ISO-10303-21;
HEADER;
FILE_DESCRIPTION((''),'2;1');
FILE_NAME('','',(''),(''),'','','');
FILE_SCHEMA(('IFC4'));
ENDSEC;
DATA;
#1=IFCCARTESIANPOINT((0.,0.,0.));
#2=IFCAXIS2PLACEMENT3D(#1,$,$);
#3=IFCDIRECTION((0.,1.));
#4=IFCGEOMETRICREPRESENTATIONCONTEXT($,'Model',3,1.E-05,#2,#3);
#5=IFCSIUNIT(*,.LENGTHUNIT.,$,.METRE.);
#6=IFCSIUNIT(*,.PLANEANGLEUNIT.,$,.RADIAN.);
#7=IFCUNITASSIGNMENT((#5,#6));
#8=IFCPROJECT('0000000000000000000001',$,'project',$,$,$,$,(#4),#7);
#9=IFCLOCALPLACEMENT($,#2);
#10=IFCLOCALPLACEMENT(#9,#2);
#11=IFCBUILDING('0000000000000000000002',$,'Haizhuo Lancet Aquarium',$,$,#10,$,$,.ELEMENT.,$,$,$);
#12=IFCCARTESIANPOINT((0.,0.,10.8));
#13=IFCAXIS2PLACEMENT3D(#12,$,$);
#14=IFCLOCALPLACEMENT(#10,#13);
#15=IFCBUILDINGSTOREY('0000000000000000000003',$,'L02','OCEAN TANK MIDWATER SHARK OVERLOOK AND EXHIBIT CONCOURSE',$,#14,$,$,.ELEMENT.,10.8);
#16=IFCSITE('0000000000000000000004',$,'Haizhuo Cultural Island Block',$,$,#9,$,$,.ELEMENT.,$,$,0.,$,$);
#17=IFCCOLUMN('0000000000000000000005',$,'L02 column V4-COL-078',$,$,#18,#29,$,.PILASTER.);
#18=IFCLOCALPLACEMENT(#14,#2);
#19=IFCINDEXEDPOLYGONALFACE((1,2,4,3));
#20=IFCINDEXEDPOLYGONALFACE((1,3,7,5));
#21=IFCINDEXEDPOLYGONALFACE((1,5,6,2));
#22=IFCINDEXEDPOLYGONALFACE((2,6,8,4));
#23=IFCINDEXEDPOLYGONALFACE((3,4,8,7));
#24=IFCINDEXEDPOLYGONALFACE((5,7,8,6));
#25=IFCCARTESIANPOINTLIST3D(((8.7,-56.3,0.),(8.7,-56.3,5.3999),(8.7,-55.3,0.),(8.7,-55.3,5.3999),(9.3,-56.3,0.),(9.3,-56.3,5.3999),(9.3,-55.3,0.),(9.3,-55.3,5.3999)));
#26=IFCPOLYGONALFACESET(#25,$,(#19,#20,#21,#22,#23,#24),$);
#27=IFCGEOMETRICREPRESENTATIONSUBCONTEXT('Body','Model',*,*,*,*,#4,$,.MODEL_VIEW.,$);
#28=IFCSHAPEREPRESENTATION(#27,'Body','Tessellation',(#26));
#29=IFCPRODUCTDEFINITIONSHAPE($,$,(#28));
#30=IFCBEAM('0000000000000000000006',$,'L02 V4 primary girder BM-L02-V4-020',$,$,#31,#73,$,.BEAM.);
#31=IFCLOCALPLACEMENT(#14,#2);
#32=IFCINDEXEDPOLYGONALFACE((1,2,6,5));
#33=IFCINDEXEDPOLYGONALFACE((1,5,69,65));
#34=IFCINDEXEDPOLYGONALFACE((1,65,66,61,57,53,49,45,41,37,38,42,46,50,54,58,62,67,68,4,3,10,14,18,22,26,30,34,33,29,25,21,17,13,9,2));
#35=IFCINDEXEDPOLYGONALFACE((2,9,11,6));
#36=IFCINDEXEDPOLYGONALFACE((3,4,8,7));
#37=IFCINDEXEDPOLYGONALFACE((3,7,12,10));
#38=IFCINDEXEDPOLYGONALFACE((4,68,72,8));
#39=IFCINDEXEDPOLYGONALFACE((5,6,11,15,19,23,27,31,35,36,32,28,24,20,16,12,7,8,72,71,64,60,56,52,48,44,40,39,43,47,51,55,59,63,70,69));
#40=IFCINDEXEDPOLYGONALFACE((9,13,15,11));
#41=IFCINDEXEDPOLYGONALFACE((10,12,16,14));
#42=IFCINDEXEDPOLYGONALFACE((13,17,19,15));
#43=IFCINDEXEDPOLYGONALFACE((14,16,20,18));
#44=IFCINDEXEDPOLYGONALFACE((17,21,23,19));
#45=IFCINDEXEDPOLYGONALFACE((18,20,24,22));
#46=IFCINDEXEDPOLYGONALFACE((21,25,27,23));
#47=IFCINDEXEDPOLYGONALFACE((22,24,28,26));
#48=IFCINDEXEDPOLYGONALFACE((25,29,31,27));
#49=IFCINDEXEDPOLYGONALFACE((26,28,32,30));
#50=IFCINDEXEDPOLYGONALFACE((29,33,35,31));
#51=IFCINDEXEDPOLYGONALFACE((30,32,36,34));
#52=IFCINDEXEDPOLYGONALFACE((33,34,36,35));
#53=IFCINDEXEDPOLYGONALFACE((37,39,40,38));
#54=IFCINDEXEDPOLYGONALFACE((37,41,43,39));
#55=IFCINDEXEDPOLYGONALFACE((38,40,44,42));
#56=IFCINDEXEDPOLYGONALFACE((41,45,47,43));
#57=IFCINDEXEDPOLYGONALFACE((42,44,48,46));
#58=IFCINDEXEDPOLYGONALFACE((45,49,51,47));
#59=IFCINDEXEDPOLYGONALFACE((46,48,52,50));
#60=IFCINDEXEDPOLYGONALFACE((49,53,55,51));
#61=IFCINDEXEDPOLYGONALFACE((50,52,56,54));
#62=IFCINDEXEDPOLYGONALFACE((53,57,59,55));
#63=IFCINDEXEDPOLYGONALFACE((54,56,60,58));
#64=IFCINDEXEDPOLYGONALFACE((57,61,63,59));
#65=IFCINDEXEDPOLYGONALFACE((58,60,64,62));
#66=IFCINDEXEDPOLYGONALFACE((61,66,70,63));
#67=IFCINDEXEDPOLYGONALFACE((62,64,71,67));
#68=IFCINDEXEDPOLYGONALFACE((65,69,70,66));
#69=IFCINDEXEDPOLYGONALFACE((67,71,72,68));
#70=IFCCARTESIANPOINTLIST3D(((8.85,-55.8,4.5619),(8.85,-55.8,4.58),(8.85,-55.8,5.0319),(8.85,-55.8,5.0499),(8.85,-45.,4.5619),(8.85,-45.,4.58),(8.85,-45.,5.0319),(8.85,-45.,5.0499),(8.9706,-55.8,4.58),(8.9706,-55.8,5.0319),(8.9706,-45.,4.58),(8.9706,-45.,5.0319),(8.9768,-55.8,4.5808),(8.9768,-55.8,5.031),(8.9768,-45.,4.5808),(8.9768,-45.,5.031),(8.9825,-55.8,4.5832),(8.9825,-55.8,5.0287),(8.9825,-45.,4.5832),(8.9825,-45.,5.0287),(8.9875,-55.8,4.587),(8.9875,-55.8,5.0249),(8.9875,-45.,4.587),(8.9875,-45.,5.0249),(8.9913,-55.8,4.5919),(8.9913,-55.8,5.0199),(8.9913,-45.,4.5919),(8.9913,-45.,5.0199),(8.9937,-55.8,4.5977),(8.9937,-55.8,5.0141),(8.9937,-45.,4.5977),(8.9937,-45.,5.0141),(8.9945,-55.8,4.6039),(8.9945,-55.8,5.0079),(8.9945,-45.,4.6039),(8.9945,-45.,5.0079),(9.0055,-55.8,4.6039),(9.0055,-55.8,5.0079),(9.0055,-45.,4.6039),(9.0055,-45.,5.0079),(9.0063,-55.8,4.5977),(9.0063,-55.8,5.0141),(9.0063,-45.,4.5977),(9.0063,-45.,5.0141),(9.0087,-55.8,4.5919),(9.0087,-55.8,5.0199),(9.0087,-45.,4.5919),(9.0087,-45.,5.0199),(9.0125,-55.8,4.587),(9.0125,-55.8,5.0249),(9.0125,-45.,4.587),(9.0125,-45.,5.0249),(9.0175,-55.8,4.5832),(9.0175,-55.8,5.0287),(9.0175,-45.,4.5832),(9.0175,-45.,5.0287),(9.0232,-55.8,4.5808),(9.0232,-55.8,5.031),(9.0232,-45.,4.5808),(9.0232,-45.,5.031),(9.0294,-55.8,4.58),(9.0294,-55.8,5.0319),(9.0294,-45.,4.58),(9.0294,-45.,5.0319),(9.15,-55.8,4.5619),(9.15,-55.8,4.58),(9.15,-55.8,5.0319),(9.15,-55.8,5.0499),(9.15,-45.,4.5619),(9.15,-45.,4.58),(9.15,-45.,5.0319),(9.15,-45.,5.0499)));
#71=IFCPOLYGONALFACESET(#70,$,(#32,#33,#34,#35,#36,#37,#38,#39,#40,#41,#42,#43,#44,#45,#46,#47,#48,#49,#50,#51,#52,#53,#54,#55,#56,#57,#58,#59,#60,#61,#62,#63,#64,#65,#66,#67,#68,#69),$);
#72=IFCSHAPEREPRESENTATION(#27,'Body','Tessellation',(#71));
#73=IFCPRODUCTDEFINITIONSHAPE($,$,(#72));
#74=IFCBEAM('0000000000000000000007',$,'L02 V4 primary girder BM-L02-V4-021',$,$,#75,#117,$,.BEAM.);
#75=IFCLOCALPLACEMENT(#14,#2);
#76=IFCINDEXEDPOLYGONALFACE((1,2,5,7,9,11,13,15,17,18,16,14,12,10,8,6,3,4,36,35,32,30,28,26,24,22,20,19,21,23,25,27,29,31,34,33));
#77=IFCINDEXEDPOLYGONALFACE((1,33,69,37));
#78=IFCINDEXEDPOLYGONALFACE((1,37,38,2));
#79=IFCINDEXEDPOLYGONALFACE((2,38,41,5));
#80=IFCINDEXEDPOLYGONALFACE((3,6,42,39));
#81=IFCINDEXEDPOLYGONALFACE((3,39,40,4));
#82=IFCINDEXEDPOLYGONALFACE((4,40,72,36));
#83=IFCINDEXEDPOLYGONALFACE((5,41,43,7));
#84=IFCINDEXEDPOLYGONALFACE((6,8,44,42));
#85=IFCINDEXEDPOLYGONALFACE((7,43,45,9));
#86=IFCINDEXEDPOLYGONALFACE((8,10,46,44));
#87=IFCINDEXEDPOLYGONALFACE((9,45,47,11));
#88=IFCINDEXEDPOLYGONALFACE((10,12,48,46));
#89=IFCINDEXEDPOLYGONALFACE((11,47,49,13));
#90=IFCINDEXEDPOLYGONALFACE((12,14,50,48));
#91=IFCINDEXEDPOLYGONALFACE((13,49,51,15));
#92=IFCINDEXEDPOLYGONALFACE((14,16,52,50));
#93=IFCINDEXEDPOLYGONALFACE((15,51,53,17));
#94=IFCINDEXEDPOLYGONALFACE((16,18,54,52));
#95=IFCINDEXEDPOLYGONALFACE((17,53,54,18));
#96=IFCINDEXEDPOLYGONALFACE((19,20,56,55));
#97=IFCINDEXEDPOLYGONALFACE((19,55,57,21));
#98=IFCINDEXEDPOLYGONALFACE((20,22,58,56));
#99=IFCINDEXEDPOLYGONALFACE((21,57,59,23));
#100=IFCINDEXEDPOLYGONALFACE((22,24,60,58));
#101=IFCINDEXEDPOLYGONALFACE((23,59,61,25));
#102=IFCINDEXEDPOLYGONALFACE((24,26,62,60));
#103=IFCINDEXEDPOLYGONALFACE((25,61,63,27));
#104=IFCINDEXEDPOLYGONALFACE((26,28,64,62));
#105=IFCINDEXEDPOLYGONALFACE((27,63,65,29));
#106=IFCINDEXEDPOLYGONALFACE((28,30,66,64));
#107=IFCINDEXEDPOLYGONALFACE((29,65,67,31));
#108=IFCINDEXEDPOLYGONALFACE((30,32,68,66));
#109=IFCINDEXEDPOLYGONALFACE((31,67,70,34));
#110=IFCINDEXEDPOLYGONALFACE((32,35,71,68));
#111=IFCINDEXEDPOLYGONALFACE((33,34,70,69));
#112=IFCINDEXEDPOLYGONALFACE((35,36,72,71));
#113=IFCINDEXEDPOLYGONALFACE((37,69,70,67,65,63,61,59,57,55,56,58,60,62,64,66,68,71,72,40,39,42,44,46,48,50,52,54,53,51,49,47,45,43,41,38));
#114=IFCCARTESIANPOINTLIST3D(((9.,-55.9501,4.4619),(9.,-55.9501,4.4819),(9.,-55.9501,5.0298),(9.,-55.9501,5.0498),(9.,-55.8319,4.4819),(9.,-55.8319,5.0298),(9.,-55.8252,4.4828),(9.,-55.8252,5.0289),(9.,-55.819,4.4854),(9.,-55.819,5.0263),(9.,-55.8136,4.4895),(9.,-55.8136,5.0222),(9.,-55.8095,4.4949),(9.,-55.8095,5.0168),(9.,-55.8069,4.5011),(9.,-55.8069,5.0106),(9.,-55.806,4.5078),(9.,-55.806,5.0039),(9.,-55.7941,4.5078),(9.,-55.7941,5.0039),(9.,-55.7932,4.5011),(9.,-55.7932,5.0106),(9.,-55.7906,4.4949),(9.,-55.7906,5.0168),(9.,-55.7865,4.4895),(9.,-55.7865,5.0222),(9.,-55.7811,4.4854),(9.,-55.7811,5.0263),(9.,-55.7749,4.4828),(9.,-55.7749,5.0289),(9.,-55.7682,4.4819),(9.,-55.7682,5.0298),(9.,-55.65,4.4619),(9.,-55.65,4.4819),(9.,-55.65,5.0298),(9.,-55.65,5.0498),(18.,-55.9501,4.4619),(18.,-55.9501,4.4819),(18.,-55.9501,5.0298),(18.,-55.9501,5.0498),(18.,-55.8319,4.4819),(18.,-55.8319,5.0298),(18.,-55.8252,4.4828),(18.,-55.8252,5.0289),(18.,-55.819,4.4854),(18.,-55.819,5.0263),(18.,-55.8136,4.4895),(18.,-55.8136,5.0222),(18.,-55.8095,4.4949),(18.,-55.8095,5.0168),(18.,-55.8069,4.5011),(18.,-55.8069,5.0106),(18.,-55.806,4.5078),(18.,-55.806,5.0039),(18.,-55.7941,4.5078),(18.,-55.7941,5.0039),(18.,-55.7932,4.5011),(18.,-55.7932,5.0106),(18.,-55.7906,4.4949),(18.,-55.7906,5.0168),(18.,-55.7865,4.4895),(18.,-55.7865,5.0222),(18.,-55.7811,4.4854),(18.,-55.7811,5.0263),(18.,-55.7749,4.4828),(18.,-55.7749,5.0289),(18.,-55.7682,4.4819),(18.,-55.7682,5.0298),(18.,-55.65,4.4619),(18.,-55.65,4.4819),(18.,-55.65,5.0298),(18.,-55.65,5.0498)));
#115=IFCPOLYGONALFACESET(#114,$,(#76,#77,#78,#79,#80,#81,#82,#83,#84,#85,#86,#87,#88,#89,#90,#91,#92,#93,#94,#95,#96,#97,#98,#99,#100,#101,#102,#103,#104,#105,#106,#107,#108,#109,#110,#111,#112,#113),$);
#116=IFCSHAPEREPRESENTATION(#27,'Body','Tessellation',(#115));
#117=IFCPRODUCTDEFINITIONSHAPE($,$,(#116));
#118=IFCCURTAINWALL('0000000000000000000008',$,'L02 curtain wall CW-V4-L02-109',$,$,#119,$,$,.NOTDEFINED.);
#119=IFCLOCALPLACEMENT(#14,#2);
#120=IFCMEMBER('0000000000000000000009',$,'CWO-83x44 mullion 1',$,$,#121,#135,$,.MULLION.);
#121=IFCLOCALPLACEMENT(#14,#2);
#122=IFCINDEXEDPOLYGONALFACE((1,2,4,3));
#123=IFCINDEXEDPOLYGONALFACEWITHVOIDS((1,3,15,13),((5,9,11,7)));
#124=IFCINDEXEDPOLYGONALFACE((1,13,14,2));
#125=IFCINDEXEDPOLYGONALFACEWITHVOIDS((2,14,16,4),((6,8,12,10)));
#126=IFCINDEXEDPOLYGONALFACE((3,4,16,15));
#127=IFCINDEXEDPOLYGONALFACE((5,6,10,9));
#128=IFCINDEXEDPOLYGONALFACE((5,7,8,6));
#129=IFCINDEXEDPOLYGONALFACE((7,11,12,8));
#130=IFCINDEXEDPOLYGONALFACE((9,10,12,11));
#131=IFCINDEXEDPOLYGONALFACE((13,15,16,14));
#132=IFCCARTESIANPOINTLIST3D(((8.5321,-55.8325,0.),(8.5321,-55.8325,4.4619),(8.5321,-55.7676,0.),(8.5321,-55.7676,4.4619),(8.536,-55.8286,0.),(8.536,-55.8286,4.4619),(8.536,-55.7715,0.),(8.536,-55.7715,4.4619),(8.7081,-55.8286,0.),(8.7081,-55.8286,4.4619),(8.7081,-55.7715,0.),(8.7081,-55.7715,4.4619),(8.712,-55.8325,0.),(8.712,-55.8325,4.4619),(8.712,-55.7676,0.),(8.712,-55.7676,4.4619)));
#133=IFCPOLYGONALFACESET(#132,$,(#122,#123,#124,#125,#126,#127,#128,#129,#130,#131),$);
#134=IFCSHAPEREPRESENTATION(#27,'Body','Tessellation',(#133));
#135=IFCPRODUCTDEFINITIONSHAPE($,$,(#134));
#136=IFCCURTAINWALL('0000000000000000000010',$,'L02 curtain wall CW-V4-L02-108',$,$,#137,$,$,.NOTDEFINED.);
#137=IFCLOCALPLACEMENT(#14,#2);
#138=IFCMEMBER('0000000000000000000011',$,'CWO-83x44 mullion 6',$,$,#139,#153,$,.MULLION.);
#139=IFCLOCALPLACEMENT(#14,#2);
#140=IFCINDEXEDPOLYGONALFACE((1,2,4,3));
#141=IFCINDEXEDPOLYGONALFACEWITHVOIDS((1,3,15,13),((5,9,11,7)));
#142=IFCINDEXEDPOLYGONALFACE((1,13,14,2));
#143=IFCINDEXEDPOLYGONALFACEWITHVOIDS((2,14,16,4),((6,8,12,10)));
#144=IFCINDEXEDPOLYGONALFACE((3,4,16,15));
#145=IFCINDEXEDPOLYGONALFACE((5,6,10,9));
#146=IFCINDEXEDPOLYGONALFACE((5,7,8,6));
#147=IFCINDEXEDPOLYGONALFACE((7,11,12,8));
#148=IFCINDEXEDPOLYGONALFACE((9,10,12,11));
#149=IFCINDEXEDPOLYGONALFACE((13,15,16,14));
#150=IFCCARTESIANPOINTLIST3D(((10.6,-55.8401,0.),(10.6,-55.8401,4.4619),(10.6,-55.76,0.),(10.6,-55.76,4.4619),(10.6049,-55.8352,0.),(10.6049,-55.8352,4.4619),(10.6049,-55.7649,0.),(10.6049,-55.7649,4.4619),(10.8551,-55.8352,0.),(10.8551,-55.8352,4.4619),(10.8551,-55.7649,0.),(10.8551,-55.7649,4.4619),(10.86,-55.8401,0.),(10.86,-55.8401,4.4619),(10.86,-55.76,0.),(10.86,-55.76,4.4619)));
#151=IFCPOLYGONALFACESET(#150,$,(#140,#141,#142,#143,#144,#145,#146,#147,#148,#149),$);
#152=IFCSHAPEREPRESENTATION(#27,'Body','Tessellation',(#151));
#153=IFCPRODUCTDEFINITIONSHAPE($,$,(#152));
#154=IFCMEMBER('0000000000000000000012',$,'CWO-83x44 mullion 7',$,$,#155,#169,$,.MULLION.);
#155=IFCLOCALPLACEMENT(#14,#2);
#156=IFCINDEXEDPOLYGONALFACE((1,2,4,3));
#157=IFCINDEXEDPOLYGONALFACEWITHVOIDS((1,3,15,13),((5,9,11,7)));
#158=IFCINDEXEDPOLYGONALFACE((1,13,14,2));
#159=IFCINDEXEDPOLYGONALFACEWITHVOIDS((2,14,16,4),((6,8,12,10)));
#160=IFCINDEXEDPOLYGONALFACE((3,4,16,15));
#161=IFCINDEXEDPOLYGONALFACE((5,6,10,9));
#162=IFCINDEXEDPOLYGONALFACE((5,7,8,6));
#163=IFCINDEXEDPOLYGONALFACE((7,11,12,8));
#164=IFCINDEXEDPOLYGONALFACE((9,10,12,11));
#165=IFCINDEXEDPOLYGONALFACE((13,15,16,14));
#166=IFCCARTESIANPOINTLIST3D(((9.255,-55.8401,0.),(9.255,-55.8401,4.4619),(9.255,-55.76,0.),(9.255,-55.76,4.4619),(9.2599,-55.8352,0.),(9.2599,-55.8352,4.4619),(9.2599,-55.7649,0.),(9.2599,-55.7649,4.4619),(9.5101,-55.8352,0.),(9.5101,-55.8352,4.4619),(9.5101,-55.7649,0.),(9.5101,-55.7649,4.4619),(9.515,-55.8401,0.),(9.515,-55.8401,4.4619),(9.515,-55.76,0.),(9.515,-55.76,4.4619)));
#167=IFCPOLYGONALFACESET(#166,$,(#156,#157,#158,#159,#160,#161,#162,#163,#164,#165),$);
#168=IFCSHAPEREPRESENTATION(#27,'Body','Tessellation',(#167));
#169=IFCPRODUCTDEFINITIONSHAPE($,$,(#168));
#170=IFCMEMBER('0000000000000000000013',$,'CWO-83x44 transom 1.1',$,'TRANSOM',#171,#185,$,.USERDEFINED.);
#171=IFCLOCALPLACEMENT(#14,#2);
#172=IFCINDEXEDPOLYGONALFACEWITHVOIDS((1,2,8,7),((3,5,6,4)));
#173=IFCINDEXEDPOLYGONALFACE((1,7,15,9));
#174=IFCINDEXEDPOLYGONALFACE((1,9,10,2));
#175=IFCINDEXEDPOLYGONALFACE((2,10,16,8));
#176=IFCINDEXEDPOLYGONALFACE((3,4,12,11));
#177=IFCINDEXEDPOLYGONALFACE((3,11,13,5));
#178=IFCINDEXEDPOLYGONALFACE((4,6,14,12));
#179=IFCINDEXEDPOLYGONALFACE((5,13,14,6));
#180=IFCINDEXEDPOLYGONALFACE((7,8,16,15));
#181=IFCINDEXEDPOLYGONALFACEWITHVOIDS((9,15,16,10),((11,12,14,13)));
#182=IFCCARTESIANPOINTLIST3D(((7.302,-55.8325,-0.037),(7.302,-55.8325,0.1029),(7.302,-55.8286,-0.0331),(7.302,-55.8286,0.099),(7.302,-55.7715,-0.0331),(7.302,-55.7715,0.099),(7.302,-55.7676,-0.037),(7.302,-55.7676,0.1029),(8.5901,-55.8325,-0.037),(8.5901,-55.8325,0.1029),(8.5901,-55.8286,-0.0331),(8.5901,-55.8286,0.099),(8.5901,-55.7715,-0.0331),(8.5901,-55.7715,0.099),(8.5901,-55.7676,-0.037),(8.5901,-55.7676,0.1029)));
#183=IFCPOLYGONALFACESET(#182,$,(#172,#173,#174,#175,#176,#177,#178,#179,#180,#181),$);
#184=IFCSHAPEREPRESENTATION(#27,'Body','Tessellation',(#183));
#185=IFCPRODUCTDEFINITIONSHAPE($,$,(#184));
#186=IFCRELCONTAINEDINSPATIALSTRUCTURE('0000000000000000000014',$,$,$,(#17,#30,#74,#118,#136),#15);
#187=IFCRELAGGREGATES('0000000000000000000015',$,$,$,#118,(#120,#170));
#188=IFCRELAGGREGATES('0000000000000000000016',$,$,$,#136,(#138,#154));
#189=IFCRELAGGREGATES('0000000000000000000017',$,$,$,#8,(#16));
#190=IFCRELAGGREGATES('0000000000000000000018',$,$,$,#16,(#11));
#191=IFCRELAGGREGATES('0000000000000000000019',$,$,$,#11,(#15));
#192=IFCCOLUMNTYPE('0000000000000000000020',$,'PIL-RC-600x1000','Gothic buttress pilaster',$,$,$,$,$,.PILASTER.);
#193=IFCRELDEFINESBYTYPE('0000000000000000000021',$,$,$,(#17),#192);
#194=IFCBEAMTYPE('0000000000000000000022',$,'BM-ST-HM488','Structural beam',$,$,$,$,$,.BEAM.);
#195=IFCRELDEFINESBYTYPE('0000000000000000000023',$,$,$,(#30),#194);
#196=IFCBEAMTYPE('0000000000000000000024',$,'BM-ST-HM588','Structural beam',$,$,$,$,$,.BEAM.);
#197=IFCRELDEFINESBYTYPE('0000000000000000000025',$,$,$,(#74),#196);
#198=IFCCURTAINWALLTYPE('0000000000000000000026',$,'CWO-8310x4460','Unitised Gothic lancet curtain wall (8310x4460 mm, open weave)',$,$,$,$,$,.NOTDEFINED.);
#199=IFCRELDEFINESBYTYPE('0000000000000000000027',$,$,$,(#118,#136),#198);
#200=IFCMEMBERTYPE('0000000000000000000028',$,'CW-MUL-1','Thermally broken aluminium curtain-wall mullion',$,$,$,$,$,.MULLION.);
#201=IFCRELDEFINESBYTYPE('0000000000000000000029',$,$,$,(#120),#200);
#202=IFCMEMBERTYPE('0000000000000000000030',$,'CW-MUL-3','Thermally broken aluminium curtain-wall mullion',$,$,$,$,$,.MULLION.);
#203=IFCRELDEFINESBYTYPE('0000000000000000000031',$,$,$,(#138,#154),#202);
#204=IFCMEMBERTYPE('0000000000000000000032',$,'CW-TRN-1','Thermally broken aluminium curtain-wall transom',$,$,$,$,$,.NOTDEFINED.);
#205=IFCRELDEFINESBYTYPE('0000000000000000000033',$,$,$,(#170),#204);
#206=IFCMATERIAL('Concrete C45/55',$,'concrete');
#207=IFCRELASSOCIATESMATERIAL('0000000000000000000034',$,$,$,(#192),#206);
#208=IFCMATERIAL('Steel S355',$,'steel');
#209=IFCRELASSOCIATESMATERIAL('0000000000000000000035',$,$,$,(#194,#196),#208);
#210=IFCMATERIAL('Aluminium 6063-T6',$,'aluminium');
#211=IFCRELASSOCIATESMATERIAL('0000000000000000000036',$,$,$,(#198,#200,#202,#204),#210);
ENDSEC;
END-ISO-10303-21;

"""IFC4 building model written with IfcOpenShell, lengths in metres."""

from ifc_helpers import new_model, si_unit, direction, frame, origin, origin_2d, place, context, subcontext, project, spatial, rectangle, hollow_rectangle, i_section, extrude, material, material_profile, profile_set, type_object, element, aggregate, save


model = new_model("IFC4")

# Units and contexts
model_context = context("Model", 3, precision=1e-05, world=origin(), true_north=direction((0.0, 1.0)))
body_context = subcontext(model_context, "Body", "Model", "MODEL_VIEW")
ifc_project = project(units=[si_unit("LENGTHUNIT", "METRE"), si_unit("PLANEANGLEUNIT", "RADIAN")], contexts=[model_context])

# Site, building, storey
site_placement = place(None, origin())
site = spatial("IfcSite", under=ifc_project, at=site_placement, Name="Haizhuo Cultural Island Block", CompositionType="ELEMENT", RefElevation=0.0)
building_placement = place(site_placement, origin())
building = spatial("IfcBuilding", under=site, at=building_placement, Name="Haizhuo Lancet Aquarium", CompositionType="ELEMENT")
storey_placement = place(building_placement, frame((0.0, 0.0, 10.8)))
storey = spatial("IfcBuildingStorey", under=building, at=storey_placement, Name="L02", Description="OCEAN TANK MIDWATER SHARK OVERLOOK AND EXHIBIT CONCOURSE", CompositionType="ELEMENT", Elevation=10.8)

# Column
ifc_material_1 = material(Name="Concrete C45/55", Category="concrete")
ifc_material_profile_1 = material_profile(ifc_material_1, rectangle(XDim=0.6001, YDim=1.0, at=origin_2d()), Name="RC-PIL 600x1000")
ifc_profile_set_1 = profile_set([ifc_material_profile_1], Name="Concrete C45/55")
column_type = type_object("IfcColumnType", Name="PIL-RC-600x1000", Description="Gothic buttress pilaster", PredefinedType="PILASTER", material=ifc_profile_set_1)
column_placement = place(storey_placement, frame((9.0, -55.8, 0.0), z_axis=(0.0, 0.0, 1.0), x_axis=(1.0, 0.0, 0.0)))
element("IfcColumn", 1, at=column_placement, inside=storey, type_object=column_type, Name="L02 column V4-COL-078", PredefinedType="PILASTER", context=body_context, shape_type="SweptSolid", body=[
    extrude(rectangle(XDim=0.6001, YDim=1.0, at=origin_2d()), origin(), (0.0, 0.0, 1.0), 5.3999),
])

# Beams
ifc_material_2 = material(Name="Steel S355", Category="steel")
ifc_material_profile_2 = material_profile(ifc_material_2, i_section(OverallWidth=0.3, OverallDepth=0.488, WebThickness=0.011, FlangeThickness=0.0181, FilletRadius=0.0239, at=origin_2d()), Name="HM 488x300x11x18")
ifc_profile_set_2 = profile_set([ifc_material_profile_2], Name="Steel S355")
beam_type_1 = type_object("IfcBeamType", Name="BM-ST-HM488", Description="Structural beam", PredefinedType="BEAM", material=ifc_profile_set_2)
beam_1_placement = place(storey_placement, frame((9.0, -55.8, 4.8059), z_axis=(0.0, 1.0, 0.0), x_axis=(-1.0, 0.0, 0.0)))
element("IfcBeam", 2, at=beam_1_placement, inside=storey, type_object=beam_type_1, Name="L02 V4 primary girder BM-L02-V4-020", PredefinedType="BEAM", context=body_context, shape_type="SweptSolid", body=[
    extrude(i_section(OverallWidth=0.3, OverallDepth=0.488, WebThickness=0.011, FlangeThickness=0.0181, FilletRadius=0.0239, at=origin_2d()), origin(), (0.0, 0.0, 1.0), 10.8),
])
ifc_material_profile_3 = material_profile(ifc_material_2, i_section(OverallWidth=0.3, OverallDepth=0.5879, WebThickness=0.012, FlangeThickness=0.02, FilletRadius=0.0259, at=origin_2d()), Name="HM 588x300x12x20")
ifc_profile_set_3 = profile_set([ifc_material_profile_3], Name="Steel S355")
beam_type_2 = type_object("IfcBeamType", Name="BM-ST-HM588", Description="Structural beam", PredefinedType="BEAM", material=ifc_profile_set_3)
beam_2_placement = place(storey_placement, frame((9.0, -55.8, 4.7559), z_axis=(1.0, 0.0, 0.0), x_axis=(0.0, 1.0, 0.0)))
element("IfcBeam", 3, at=beam_2_placement, inside=storey, type_object=beam_type_2, Name="L02 V4 primary girder BM-L02-V4-021", PredefinedType="BEAM", context=body_context, shape_type="SweptSolid", body=[
    extrude(i_section(OverallWidth=0.3, OverallDepth=0.5879, WebThickness=0.012, FlangeThickness=0.02, FilletRadius=0.0259, at=origin_2d()), origin(), (0.0, 0.0, 1.0), 9.0),
])

# Curtain wall, member
ifc_material_3 = material(Name="Aluminium 6063-T6", Category="aluminium")
curtain_wall_type = type_object("IfcCurtainWallType", Name="CWO-8310x4460", Description="Unitised Gothic lancet curtain wall (8310x4460 mm, open weave)", PredefinedType="NOTDEFINED", material=ifc_material_3)
curtain_wall_1_placement = place(storey_placement, origin())
curtain_wall_1 = element("IfcCurtainWall", 4, at=curtain_wall_1_placement, inside=storey, type_object=curtain_wall_type, Name="L02 curtain wall CW-V4-L02-109", PredefinedType="NOTDEFINED")
ifc_material_profile_4 = material_profile(ifc_material_3, hollow_rectangle(XDim=0.0649, YDim=0.1799, WallThickness=0.0039, at=origin_2d()), Name="ALU-M 65x180x4")
ifc_profile_set_4 = profile_set([ifc_material_profile_4], Name="Aluminium 6063-T6")
member_type_1 = type_object("IfcMemberType", Name="CW-MUL-1", Description="Thermally broken aluminium curtain-wall mullion", PredefinedType="MULLION", material=ifc_profile_set_4)
member_1_placement = place(storey_placement, frame((8.6221, -55.8, 0.0), z_axis=(0.0, 0.0, 1.0), x_axis=(0.0, -1.0, 0.0)))
member_1 = element("IfcMember", 5, at=member_1_placement, type_object=member_type_1, Name="CWO-83x44 mullion 1", PredefinedType="MULLION", context=body_context, shape_type="SweptSolid", body=[
    extrude(hollow_rectangle(XDim=0.0649, YDim=0.1799, WallThickness=0.0039, at=origin_2d()), origin(), (0.0, 0.0, 1.0), 4.4619),
])

# Curtain wall, members
curtain_wall_2_placement = place(storey_placement, origin())
curtain_wall_2 = element("IfcCurtainWall", 6, at=curtain_wall_2_placement, inside=storey, type_object=curtain_wall_type, Name="L02 curtain wall CW-V4-L02-108", PredefinedType="NOTDEFINED")
ifc_material_profile_5 = material_profile(ifc_material_3, hollow_rectangle(XDim=0.0801, YDim=0.26, WallThickness=0.0049, at=origin_2d()), Name="ALU-M 80x260x5")
ifc_profile_set_5 = profile_set([ifc_material_profile_5], Name="Aluminium 6063-T6")
member_type_2 = type_object("IfcMemberType", Name="CW-MUL-3", Description="Thermally broken aluminium curtain-wall mullion", PredefinedType="MULLION", material=ifc_profile_set_5)
member_2_placement = place(storey_placement, frame((10.73, -55.8, 0.0), z_axis=(0.0, 0.0, 1.0), x_axis=(0.0, -1.0, 0.0)))
member_2 = element("IfcMember", 7, at=member_2_placement, type_object=member_type_2, Name="CWO-83x44 mullion 6", PredefinedType="MULLION", context=body_context, shape_type="SweptSolid", body=[
    extrude(hollow_rectangle(XDim=0.0801, YDim=0.26, WallThickness=0.0049, at=origin_2d()), origin(), (0.0, 0.0, 1.0), 4.4619),
])
member_3_placement = place(storey_placement, frame((9.385, -55.8, 0.0), z_axis=(0.0, 0.0, 1.0), x_axis=(0.0, -1.0, 0.0)))
member_3 = element("IfcMember", 8, at=member_3_placement, type_object=member_type_2, Name="CWO-83x44 mullion 7", PredefinedType="MULLION", context=body_context, shape_type="SweptSolid", body=[
    extrude(hollow_rectangle(XDim=0.0801, YDim=0.26, WallThickness=0.0049, at=origin_2d()), origin(), (0.0, 0.0, 1.0), 4.4619),
])

# Member
ifc_material_profile_6 = material_profile(ifc_material_3, hollow_rectangle(XDim=0.0649, YDim=0.1399, WallThickness=0.0039, at=origin_2d()), Name="ALU-T 65x140x4")
ifc_profile_set_6 = profile_set([ifc_material_profile_6], Name="Aluminium 6063-T6")
member_type_3 = type_object("IfcMemberType", Name="CW-TRN-1", Description="Thermally broken aluminium curtain-wall transom", PredefinedType="NOTDEFINED", material=ifc_profile_set_6)
member_4_placement = place(storey_placement, frame((8.5901, -55.8, 0.033), z_axis=(-1.0, 0.0, 0.0), x_axis=(0.0, -1.0, 0.0)))
member_4 = element("IfcMember", 9, at=member_4_placement, type_object=member_type_3, Name="CWO-83x44 transom 1.1", ObjectType="TRANSOM", PredefinedType="USERDEFINED", context=body_context, shape_type="SweptSolid", body=[
    extrude(hollow_rectangle(XDim=0.0649, YDim=0.1399, WallThickness=0.0039, at=origin_2d()), origin(), (0.0, 0.0, 1.0), 1.2881),
])

aggregate(curtain_wall_1, [member_1, member_4])
aggregate(curtain_wall_2, [member_2, member_3])

save(model, "model.ifc")
